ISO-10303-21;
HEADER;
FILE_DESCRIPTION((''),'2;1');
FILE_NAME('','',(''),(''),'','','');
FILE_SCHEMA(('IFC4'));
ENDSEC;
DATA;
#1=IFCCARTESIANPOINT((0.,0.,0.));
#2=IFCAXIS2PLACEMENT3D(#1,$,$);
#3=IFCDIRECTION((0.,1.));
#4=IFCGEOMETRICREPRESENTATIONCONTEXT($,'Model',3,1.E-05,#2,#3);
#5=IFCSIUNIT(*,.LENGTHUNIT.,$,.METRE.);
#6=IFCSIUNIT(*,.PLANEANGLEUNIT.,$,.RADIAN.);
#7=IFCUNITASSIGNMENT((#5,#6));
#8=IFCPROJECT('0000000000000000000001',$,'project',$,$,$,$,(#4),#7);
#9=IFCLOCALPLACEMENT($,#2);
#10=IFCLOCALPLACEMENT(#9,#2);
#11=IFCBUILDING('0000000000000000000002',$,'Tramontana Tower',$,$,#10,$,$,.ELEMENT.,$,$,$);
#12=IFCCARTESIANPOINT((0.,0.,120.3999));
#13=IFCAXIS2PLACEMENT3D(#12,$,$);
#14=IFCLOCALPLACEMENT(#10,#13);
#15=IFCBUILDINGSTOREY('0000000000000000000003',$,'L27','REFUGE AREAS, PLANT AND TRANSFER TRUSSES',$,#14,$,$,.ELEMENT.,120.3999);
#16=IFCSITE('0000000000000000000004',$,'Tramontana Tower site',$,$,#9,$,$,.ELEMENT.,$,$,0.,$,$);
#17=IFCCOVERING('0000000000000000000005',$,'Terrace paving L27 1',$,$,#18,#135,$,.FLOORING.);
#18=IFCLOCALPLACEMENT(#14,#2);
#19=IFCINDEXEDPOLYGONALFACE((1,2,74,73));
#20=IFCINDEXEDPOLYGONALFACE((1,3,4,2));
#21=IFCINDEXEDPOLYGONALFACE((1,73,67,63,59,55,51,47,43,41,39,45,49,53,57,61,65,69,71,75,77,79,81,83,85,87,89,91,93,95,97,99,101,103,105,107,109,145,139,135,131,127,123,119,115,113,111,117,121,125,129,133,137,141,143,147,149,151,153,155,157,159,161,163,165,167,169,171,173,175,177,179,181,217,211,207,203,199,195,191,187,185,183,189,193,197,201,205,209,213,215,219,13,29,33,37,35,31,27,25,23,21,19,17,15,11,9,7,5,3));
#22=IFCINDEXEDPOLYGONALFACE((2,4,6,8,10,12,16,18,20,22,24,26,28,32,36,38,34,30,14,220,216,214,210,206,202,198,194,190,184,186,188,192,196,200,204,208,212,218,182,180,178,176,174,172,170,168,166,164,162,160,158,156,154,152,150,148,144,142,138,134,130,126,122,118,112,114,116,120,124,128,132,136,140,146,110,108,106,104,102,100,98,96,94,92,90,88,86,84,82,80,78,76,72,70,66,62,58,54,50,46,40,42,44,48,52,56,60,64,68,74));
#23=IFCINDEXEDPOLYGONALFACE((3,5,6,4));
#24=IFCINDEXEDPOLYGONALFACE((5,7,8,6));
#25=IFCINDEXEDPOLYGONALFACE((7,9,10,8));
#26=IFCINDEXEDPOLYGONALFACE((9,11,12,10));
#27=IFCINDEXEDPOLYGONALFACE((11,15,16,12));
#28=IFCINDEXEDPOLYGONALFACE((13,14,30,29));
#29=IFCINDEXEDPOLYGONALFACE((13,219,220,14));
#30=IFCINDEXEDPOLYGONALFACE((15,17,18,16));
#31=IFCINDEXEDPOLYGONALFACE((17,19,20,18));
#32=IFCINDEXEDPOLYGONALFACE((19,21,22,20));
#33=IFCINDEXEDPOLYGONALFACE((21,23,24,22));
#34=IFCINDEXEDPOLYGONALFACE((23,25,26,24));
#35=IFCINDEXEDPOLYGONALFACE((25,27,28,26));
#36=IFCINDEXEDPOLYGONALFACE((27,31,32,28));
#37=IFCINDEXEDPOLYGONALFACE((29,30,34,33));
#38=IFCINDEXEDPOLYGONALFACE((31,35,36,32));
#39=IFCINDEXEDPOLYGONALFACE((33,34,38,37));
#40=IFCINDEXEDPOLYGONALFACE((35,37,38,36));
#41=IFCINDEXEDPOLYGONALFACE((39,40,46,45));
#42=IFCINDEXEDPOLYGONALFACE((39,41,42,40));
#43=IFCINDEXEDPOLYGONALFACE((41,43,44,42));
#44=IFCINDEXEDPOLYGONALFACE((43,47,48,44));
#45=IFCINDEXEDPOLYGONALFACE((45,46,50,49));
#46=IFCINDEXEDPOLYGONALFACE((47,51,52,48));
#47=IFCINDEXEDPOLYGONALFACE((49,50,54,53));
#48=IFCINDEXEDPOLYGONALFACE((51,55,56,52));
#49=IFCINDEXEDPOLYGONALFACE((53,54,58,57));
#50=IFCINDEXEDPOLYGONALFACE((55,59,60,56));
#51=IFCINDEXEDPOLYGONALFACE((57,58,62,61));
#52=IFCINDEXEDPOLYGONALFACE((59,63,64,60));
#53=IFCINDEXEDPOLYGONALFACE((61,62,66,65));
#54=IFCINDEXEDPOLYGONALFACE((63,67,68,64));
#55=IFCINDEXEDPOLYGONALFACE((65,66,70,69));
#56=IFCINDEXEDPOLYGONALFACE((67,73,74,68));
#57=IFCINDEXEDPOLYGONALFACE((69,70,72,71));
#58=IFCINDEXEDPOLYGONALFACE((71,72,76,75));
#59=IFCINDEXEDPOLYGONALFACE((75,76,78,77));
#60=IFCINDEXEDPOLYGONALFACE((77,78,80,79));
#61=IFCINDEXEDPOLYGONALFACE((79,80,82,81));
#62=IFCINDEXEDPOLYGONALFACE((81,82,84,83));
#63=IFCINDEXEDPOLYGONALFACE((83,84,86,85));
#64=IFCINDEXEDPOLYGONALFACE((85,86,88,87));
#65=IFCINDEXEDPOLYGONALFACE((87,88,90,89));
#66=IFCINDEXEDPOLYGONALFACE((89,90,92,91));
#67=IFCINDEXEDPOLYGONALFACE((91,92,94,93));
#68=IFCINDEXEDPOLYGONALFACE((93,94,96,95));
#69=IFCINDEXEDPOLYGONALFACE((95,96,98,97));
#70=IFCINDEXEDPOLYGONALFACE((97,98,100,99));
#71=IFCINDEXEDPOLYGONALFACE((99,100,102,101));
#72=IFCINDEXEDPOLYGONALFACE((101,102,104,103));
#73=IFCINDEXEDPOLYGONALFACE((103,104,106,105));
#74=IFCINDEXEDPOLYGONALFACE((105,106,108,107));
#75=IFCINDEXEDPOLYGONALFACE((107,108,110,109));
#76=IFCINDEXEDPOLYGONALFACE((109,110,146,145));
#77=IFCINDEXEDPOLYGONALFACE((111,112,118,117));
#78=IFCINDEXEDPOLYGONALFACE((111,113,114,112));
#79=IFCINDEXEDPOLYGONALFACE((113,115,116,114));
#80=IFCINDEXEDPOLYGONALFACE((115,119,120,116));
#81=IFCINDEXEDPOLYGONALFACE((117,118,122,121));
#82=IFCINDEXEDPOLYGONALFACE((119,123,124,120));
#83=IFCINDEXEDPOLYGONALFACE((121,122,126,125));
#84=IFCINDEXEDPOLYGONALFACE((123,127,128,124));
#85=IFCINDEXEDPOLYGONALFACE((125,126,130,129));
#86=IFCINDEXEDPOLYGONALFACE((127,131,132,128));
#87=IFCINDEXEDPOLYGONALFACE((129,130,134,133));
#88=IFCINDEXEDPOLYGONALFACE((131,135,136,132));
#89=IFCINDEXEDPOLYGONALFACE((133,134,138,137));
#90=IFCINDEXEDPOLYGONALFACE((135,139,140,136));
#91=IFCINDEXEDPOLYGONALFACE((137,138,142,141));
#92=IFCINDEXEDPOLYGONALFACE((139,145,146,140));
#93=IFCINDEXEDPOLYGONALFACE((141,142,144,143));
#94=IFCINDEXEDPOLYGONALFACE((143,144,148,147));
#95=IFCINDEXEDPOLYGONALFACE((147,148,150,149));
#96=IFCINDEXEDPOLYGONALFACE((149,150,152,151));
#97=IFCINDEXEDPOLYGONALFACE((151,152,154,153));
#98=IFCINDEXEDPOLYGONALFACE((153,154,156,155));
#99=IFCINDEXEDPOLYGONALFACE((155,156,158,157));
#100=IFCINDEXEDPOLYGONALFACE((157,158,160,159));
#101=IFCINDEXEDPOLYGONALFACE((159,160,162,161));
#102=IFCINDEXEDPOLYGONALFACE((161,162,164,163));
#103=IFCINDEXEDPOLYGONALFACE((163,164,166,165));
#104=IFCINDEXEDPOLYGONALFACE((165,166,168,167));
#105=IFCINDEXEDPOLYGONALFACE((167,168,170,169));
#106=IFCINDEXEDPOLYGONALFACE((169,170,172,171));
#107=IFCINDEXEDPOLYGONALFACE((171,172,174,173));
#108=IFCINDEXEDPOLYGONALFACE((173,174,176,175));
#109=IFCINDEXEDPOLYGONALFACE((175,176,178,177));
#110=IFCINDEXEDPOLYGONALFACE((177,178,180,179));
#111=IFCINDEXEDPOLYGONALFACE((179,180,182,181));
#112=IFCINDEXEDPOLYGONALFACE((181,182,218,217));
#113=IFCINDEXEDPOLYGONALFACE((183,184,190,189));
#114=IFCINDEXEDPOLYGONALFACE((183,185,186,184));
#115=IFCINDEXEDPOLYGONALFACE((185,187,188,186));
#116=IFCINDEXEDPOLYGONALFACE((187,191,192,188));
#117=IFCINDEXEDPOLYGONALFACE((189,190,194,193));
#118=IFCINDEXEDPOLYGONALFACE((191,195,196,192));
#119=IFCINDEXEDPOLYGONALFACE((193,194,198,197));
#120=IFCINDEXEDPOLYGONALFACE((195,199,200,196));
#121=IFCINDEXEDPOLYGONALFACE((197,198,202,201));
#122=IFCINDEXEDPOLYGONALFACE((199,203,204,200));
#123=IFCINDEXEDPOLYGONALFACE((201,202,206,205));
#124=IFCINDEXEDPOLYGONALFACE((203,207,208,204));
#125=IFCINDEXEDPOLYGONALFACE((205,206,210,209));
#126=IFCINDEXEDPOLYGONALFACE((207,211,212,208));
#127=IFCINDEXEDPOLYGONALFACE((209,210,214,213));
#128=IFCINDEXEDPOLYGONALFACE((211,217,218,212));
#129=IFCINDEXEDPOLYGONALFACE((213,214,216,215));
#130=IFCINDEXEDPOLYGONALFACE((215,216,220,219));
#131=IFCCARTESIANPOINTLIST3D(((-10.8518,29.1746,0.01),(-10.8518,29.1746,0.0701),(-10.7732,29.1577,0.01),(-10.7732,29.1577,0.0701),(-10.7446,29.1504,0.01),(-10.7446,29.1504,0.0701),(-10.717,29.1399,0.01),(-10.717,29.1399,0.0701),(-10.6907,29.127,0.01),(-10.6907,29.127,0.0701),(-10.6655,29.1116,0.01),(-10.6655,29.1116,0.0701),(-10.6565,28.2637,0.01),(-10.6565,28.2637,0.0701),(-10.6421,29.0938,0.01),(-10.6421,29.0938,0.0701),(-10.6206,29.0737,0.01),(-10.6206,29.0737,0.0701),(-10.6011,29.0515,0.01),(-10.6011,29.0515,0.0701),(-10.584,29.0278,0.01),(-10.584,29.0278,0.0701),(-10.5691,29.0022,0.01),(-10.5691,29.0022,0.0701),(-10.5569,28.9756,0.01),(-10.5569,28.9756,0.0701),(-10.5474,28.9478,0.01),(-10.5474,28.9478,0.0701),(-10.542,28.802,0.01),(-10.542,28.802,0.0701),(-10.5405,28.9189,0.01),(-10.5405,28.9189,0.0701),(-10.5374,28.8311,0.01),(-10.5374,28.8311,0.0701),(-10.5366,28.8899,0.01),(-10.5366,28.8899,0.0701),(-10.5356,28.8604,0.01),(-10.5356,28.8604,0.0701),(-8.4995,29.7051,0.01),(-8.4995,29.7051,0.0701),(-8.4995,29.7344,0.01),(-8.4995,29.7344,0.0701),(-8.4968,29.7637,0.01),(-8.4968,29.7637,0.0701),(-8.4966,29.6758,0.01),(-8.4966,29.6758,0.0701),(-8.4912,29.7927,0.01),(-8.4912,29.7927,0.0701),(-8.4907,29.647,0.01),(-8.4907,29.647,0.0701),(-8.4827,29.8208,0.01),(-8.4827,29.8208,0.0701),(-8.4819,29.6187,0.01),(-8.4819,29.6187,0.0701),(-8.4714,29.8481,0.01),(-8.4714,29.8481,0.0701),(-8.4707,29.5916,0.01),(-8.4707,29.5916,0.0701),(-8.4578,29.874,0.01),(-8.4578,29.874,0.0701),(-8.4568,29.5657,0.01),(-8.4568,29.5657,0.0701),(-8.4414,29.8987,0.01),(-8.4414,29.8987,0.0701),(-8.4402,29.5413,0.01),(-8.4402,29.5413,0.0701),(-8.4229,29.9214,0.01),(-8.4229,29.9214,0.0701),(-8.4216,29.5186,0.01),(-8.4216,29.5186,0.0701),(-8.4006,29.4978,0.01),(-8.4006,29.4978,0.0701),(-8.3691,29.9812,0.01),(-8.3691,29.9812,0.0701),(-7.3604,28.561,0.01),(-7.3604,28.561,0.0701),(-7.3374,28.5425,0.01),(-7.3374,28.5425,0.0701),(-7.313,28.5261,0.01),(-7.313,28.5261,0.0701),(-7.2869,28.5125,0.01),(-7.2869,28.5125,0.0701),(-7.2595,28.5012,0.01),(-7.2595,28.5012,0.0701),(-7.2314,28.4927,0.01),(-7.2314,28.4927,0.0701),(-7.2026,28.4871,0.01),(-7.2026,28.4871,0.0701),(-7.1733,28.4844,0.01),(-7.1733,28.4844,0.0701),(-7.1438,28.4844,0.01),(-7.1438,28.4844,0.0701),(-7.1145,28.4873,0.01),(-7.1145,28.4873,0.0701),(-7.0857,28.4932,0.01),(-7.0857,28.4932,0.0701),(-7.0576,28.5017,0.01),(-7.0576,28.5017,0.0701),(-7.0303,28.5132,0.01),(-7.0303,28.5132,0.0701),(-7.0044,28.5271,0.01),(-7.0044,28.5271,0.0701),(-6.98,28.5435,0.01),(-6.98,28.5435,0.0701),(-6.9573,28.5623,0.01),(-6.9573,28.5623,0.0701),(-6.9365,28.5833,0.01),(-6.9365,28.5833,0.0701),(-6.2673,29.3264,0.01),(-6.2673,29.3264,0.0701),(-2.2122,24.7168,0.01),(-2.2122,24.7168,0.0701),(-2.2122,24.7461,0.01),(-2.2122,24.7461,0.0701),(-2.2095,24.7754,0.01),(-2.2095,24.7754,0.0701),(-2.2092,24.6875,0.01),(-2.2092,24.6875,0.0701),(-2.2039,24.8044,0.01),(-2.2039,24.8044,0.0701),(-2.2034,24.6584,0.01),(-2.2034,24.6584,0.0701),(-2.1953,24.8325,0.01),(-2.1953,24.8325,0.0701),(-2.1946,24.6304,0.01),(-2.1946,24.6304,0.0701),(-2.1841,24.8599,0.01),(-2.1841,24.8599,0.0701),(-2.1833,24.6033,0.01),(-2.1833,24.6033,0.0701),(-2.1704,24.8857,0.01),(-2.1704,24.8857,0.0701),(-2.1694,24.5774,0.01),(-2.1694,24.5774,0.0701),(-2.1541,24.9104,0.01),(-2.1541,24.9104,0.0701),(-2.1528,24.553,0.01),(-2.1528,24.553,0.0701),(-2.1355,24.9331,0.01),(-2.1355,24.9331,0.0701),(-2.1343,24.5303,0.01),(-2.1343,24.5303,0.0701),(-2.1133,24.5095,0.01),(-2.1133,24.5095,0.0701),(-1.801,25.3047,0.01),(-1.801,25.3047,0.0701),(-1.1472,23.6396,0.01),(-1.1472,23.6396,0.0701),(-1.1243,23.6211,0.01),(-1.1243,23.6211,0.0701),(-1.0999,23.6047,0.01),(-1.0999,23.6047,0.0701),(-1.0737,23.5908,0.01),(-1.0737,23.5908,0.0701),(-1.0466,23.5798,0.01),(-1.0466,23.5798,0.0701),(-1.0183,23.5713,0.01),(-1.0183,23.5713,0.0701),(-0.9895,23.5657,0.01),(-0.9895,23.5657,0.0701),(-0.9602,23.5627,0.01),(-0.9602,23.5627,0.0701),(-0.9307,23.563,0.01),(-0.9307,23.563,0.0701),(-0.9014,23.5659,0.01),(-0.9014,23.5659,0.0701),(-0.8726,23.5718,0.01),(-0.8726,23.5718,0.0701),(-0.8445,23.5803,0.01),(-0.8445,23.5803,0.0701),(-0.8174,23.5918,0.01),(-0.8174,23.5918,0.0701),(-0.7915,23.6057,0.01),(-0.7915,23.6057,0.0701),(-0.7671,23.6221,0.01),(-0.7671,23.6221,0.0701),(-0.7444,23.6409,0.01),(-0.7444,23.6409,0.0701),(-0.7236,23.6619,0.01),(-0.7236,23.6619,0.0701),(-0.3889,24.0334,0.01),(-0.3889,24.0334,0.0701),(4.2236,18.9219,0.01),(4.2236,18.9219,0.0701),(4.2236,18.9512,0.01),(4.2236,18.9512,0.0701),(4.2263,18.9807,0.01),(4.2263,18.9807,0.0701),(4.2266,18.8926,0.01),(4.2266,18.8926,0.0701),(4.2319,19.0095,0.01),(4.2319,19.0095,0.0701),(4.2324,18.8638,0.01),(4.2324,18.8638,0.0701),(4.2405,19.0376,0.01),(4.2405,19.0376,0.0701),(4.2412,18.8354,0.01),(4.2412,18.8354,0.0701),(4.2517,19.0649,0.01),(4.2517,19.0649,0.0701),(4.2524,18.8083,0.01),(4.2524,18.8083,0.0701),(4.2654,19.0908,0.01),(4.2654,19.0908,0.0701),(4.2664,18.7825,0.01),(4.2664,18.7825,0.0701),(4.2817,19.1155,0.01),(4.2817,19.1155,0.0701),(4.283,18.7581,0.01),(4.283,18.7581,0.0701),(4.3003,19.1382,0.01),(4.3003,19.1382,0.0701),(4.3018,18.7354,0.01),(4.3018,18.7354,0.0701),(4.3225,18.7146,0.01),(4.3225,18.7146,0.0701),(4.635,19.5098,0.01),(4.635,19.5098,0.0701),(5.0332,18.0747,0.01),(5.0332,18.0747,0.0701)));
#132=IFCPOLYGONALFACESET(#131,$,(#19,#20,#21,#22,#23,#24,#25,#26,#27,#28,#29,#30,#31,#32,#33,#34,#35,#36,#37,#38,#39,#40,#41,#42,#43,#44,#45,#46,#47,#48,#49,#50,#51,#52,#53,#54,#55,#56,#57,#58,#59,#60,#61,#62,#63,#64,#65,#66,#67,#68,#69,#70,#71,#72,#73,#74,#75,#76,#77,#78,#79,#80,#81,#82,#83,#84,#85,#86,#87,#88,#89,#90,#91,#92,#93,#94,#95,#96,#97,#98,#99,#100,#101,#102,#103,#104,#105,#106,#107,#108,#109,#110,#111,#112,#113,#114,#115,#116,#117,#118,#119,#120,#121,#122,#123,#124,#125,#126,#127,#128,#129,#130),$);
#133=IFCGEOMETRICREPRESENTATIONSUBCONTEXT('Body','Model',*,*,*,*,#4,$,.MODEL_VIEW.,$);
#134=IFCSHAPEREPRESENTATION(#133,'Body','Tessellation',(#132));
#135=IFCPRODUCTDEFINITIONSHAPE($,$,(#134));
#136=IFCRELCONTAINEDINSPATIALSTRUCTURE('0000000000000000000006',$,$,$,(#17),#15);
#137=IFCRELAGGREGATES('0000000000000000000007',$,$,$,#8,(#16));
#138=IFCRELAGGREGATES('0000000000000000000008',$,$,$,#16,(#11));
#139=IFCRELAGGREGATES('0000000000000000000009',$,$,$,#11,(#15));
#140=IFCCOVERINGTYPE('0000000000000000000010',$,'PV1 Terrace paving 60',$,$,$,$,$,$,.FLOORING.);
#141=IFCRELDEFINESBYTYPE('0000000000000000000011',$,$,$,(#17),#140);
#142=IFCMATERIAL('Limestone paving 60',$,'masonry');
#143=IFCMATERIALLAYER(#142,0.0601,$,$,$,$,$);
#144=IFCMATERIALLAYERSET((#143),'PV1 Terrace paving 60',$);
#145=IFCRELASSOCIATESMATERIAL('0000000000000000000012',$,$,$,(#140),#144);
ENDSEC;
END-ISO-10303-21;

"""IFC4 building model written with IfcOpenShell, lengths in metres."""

from ifc_helpers import new_model, si_unit, direction, frame, origin, place, context, subcontext, project, spatial, polyline, outline, extrude, material, layer, layer_set, type_object, element, save


model = new_model("IFC4")

# Units and contexts
model_context = context("Model", 3, precision=1e-05, world=origin(), true_north=direction((0.0, 1.0)))
body_context = subcontext(model_context, "Body", "Model", "MODEL_VIEW")
ifc_project = project(units=[si_unit("LENGTHUNIT", "METRE"), si_unit("PLANEANGLEUNIT", "RADIAN")], contexts=[model_context])

# Site, building, storey
site_placement = place(None, origin())
site = spatial("IfcSite", under=ifc_project, at=site_placement, Name="Tramontana Tower site", CompositionType="ELEMENT", RefElevation=0.0)
building_placement = place(site_placement, origin())
building = spatial("IfcBuilding", under=site, at=building_placement, Name="Tramontana Tower", CompositionType="ELEMENT")
storey_placement = place(building_placement, frame((0.0, 0.0, 120.3999)))
storey = spatial("IfcBuildingStorey", under=building, at=storey_placement, Name="L27", Description="REFUGE AREAS, PLANT AND TRANSFER TRUSSES", CompositionType="ELEMENT", Elevation=120.3999)

# Covering
ifc_material_1 = material(Name="Limestone paving 60", Category="masonry")
ifc_layer_1 = layer(ifc_material_1, 0.0601)
ifc_layer_set_1 = layer_set([ifc_layer_1], Name="PV1 Terrace paving 60")
covering_type_1 = type_object("IfcCoveringType", Name="PV1 Terrace paving 60", PredefinedType="FLOORING", material=ifc_layer_set_1)
covering_1_placement = place(storey_placement, frame((0.0, 0.0, 0.01)))
element("IfcCovering", 1, at=covering_1_placement, inside=storey, type_object=covering_type_1, Name="Terrace paving L27 1", PredefinedType="FLOORING", context=body_context, shape_type="SweptSolid", body=[
    extrude(outline(polyline([(-8.3691, 29.9812), (-8.4229, 29.9214), (-8.4414, 29.8987), (-8.4578, 29.874), (-8.4714, 29.8481), (-8.4827, 29.8208), (-8.4912, 29.7927), (-8.4968, 29.7637), (-8.4995, 29.7344), (-8.4995, 29.7051), (-8.4966, 29.6758), (-8.4907, 29.647), (-8.4819, 29.6187), (-8.4707, 29.5916), (-8.4568, 29.5657), (-8.4402, 29.5413), (-8.4216, 29.5186), (-8.4006, 29.4978), (-7.3604, 28.561), (-7.3374, 28.5425), (-7.313, 28.5261), (-7.2869, 28.5125), (-7.2595, 28.5012), (-7.2314, 28.4927), (-7.2026, 28.4871), (-7.1733, 28.4844), (-7.1438, 28.4844), (-7.1145, 28.4873), (-7.0857, 28.4932), (-7.0576, 28.5017), (-7.0303, 28.5132), (-7.0044, 28.5271), (-6.98, 28.5435), (-6.9573, 28.5623), (-6.9365, 28.5833), (-6.2673, 29.3264), (-1.801, 25.3047), (-2.1355, 24.9331), (-2.1541, 24.9104), (-2.1704, 24.8857), (-2.1841, 24.8599), (-2.1953, 24.8325), (-2.2039, 24.8044), (-2.2095, 24.7754), (-2.2122, 24.7461), (-2.2122, 24.7168), (-2.2092, 24.6875), (-2.2034, 24.6584), (-2.1946, 24.6304), (-2.1833, 24.6033), (-2.1694, 24.5774), (-2.1528, 24.553), (-2.1343, 24.5303), (-2.1133, 24.5095), (-1.1472, 23.6396), (-1.1243, 23.6211), (-1.0999, 23.6047), (-1.0737, 23.5908), (-1.0466, 23.5798), (-1.0183, 23.5713), (-0.9895, 23.5657), (-0.9602, 23.5627), (-0.9307, 23.563), (-0.9014, 23.5659), (-0.8726, 23.5718), (-0.8445, 23.5803), (-0.8174, 23.5918), (-0.7915, 23.6057), (-0.7671, 23.6221), (-0.7444, 23.6409), (-0.7236, 23.6619), (-0.3889, 24.0334), (4.635, 19.5098), (4.3003, 19.1382), (4.2817, 19.1155), (4.2654, 19.0908), (4.2517, 19.0649), (4.2405, 19.0376), (4.2319, 19.0095), (4.2263, 18.9807), (4.2236, 18.9512), (4.2236, 18.9219), (4.2266, 18.8926), (4.2324, 18.8638), (4.2412, 18.8354), (4.2524, 18.8083), (4.2664, 18.7825), (4.283, 18.7581), (4.3018, 18.7354), (4.3225, 18.7146), (5.0332, 18.0747), (-10.6565, 28.2637), (-10.542, 28.802), (-10.5374, 28.8311), (-10.5356, 28.8604), (-10.5366, 28.8899), (-10.5405, 28.9189), (-10.5474, 28.9478), (-10.5569, 28.9756), (-10.5691, 29.0022), (-10.584, 29.0278), (-10.6011, 29.0515), (-10.6206, 29.0737), (-10.6421, 29.0938), (-10.6655, 29.1116), (-10.6907, 29.127), (-10.717, 29.1399), (-10.7446, 29.1504), (-10.7732, 29.1577), (-10.8518, 29.1746), (-8.3691, 29.9812)])), origin(), (0.0, 0.0, 1.0), 0.0601),
])

save(model, "model.ifc")
